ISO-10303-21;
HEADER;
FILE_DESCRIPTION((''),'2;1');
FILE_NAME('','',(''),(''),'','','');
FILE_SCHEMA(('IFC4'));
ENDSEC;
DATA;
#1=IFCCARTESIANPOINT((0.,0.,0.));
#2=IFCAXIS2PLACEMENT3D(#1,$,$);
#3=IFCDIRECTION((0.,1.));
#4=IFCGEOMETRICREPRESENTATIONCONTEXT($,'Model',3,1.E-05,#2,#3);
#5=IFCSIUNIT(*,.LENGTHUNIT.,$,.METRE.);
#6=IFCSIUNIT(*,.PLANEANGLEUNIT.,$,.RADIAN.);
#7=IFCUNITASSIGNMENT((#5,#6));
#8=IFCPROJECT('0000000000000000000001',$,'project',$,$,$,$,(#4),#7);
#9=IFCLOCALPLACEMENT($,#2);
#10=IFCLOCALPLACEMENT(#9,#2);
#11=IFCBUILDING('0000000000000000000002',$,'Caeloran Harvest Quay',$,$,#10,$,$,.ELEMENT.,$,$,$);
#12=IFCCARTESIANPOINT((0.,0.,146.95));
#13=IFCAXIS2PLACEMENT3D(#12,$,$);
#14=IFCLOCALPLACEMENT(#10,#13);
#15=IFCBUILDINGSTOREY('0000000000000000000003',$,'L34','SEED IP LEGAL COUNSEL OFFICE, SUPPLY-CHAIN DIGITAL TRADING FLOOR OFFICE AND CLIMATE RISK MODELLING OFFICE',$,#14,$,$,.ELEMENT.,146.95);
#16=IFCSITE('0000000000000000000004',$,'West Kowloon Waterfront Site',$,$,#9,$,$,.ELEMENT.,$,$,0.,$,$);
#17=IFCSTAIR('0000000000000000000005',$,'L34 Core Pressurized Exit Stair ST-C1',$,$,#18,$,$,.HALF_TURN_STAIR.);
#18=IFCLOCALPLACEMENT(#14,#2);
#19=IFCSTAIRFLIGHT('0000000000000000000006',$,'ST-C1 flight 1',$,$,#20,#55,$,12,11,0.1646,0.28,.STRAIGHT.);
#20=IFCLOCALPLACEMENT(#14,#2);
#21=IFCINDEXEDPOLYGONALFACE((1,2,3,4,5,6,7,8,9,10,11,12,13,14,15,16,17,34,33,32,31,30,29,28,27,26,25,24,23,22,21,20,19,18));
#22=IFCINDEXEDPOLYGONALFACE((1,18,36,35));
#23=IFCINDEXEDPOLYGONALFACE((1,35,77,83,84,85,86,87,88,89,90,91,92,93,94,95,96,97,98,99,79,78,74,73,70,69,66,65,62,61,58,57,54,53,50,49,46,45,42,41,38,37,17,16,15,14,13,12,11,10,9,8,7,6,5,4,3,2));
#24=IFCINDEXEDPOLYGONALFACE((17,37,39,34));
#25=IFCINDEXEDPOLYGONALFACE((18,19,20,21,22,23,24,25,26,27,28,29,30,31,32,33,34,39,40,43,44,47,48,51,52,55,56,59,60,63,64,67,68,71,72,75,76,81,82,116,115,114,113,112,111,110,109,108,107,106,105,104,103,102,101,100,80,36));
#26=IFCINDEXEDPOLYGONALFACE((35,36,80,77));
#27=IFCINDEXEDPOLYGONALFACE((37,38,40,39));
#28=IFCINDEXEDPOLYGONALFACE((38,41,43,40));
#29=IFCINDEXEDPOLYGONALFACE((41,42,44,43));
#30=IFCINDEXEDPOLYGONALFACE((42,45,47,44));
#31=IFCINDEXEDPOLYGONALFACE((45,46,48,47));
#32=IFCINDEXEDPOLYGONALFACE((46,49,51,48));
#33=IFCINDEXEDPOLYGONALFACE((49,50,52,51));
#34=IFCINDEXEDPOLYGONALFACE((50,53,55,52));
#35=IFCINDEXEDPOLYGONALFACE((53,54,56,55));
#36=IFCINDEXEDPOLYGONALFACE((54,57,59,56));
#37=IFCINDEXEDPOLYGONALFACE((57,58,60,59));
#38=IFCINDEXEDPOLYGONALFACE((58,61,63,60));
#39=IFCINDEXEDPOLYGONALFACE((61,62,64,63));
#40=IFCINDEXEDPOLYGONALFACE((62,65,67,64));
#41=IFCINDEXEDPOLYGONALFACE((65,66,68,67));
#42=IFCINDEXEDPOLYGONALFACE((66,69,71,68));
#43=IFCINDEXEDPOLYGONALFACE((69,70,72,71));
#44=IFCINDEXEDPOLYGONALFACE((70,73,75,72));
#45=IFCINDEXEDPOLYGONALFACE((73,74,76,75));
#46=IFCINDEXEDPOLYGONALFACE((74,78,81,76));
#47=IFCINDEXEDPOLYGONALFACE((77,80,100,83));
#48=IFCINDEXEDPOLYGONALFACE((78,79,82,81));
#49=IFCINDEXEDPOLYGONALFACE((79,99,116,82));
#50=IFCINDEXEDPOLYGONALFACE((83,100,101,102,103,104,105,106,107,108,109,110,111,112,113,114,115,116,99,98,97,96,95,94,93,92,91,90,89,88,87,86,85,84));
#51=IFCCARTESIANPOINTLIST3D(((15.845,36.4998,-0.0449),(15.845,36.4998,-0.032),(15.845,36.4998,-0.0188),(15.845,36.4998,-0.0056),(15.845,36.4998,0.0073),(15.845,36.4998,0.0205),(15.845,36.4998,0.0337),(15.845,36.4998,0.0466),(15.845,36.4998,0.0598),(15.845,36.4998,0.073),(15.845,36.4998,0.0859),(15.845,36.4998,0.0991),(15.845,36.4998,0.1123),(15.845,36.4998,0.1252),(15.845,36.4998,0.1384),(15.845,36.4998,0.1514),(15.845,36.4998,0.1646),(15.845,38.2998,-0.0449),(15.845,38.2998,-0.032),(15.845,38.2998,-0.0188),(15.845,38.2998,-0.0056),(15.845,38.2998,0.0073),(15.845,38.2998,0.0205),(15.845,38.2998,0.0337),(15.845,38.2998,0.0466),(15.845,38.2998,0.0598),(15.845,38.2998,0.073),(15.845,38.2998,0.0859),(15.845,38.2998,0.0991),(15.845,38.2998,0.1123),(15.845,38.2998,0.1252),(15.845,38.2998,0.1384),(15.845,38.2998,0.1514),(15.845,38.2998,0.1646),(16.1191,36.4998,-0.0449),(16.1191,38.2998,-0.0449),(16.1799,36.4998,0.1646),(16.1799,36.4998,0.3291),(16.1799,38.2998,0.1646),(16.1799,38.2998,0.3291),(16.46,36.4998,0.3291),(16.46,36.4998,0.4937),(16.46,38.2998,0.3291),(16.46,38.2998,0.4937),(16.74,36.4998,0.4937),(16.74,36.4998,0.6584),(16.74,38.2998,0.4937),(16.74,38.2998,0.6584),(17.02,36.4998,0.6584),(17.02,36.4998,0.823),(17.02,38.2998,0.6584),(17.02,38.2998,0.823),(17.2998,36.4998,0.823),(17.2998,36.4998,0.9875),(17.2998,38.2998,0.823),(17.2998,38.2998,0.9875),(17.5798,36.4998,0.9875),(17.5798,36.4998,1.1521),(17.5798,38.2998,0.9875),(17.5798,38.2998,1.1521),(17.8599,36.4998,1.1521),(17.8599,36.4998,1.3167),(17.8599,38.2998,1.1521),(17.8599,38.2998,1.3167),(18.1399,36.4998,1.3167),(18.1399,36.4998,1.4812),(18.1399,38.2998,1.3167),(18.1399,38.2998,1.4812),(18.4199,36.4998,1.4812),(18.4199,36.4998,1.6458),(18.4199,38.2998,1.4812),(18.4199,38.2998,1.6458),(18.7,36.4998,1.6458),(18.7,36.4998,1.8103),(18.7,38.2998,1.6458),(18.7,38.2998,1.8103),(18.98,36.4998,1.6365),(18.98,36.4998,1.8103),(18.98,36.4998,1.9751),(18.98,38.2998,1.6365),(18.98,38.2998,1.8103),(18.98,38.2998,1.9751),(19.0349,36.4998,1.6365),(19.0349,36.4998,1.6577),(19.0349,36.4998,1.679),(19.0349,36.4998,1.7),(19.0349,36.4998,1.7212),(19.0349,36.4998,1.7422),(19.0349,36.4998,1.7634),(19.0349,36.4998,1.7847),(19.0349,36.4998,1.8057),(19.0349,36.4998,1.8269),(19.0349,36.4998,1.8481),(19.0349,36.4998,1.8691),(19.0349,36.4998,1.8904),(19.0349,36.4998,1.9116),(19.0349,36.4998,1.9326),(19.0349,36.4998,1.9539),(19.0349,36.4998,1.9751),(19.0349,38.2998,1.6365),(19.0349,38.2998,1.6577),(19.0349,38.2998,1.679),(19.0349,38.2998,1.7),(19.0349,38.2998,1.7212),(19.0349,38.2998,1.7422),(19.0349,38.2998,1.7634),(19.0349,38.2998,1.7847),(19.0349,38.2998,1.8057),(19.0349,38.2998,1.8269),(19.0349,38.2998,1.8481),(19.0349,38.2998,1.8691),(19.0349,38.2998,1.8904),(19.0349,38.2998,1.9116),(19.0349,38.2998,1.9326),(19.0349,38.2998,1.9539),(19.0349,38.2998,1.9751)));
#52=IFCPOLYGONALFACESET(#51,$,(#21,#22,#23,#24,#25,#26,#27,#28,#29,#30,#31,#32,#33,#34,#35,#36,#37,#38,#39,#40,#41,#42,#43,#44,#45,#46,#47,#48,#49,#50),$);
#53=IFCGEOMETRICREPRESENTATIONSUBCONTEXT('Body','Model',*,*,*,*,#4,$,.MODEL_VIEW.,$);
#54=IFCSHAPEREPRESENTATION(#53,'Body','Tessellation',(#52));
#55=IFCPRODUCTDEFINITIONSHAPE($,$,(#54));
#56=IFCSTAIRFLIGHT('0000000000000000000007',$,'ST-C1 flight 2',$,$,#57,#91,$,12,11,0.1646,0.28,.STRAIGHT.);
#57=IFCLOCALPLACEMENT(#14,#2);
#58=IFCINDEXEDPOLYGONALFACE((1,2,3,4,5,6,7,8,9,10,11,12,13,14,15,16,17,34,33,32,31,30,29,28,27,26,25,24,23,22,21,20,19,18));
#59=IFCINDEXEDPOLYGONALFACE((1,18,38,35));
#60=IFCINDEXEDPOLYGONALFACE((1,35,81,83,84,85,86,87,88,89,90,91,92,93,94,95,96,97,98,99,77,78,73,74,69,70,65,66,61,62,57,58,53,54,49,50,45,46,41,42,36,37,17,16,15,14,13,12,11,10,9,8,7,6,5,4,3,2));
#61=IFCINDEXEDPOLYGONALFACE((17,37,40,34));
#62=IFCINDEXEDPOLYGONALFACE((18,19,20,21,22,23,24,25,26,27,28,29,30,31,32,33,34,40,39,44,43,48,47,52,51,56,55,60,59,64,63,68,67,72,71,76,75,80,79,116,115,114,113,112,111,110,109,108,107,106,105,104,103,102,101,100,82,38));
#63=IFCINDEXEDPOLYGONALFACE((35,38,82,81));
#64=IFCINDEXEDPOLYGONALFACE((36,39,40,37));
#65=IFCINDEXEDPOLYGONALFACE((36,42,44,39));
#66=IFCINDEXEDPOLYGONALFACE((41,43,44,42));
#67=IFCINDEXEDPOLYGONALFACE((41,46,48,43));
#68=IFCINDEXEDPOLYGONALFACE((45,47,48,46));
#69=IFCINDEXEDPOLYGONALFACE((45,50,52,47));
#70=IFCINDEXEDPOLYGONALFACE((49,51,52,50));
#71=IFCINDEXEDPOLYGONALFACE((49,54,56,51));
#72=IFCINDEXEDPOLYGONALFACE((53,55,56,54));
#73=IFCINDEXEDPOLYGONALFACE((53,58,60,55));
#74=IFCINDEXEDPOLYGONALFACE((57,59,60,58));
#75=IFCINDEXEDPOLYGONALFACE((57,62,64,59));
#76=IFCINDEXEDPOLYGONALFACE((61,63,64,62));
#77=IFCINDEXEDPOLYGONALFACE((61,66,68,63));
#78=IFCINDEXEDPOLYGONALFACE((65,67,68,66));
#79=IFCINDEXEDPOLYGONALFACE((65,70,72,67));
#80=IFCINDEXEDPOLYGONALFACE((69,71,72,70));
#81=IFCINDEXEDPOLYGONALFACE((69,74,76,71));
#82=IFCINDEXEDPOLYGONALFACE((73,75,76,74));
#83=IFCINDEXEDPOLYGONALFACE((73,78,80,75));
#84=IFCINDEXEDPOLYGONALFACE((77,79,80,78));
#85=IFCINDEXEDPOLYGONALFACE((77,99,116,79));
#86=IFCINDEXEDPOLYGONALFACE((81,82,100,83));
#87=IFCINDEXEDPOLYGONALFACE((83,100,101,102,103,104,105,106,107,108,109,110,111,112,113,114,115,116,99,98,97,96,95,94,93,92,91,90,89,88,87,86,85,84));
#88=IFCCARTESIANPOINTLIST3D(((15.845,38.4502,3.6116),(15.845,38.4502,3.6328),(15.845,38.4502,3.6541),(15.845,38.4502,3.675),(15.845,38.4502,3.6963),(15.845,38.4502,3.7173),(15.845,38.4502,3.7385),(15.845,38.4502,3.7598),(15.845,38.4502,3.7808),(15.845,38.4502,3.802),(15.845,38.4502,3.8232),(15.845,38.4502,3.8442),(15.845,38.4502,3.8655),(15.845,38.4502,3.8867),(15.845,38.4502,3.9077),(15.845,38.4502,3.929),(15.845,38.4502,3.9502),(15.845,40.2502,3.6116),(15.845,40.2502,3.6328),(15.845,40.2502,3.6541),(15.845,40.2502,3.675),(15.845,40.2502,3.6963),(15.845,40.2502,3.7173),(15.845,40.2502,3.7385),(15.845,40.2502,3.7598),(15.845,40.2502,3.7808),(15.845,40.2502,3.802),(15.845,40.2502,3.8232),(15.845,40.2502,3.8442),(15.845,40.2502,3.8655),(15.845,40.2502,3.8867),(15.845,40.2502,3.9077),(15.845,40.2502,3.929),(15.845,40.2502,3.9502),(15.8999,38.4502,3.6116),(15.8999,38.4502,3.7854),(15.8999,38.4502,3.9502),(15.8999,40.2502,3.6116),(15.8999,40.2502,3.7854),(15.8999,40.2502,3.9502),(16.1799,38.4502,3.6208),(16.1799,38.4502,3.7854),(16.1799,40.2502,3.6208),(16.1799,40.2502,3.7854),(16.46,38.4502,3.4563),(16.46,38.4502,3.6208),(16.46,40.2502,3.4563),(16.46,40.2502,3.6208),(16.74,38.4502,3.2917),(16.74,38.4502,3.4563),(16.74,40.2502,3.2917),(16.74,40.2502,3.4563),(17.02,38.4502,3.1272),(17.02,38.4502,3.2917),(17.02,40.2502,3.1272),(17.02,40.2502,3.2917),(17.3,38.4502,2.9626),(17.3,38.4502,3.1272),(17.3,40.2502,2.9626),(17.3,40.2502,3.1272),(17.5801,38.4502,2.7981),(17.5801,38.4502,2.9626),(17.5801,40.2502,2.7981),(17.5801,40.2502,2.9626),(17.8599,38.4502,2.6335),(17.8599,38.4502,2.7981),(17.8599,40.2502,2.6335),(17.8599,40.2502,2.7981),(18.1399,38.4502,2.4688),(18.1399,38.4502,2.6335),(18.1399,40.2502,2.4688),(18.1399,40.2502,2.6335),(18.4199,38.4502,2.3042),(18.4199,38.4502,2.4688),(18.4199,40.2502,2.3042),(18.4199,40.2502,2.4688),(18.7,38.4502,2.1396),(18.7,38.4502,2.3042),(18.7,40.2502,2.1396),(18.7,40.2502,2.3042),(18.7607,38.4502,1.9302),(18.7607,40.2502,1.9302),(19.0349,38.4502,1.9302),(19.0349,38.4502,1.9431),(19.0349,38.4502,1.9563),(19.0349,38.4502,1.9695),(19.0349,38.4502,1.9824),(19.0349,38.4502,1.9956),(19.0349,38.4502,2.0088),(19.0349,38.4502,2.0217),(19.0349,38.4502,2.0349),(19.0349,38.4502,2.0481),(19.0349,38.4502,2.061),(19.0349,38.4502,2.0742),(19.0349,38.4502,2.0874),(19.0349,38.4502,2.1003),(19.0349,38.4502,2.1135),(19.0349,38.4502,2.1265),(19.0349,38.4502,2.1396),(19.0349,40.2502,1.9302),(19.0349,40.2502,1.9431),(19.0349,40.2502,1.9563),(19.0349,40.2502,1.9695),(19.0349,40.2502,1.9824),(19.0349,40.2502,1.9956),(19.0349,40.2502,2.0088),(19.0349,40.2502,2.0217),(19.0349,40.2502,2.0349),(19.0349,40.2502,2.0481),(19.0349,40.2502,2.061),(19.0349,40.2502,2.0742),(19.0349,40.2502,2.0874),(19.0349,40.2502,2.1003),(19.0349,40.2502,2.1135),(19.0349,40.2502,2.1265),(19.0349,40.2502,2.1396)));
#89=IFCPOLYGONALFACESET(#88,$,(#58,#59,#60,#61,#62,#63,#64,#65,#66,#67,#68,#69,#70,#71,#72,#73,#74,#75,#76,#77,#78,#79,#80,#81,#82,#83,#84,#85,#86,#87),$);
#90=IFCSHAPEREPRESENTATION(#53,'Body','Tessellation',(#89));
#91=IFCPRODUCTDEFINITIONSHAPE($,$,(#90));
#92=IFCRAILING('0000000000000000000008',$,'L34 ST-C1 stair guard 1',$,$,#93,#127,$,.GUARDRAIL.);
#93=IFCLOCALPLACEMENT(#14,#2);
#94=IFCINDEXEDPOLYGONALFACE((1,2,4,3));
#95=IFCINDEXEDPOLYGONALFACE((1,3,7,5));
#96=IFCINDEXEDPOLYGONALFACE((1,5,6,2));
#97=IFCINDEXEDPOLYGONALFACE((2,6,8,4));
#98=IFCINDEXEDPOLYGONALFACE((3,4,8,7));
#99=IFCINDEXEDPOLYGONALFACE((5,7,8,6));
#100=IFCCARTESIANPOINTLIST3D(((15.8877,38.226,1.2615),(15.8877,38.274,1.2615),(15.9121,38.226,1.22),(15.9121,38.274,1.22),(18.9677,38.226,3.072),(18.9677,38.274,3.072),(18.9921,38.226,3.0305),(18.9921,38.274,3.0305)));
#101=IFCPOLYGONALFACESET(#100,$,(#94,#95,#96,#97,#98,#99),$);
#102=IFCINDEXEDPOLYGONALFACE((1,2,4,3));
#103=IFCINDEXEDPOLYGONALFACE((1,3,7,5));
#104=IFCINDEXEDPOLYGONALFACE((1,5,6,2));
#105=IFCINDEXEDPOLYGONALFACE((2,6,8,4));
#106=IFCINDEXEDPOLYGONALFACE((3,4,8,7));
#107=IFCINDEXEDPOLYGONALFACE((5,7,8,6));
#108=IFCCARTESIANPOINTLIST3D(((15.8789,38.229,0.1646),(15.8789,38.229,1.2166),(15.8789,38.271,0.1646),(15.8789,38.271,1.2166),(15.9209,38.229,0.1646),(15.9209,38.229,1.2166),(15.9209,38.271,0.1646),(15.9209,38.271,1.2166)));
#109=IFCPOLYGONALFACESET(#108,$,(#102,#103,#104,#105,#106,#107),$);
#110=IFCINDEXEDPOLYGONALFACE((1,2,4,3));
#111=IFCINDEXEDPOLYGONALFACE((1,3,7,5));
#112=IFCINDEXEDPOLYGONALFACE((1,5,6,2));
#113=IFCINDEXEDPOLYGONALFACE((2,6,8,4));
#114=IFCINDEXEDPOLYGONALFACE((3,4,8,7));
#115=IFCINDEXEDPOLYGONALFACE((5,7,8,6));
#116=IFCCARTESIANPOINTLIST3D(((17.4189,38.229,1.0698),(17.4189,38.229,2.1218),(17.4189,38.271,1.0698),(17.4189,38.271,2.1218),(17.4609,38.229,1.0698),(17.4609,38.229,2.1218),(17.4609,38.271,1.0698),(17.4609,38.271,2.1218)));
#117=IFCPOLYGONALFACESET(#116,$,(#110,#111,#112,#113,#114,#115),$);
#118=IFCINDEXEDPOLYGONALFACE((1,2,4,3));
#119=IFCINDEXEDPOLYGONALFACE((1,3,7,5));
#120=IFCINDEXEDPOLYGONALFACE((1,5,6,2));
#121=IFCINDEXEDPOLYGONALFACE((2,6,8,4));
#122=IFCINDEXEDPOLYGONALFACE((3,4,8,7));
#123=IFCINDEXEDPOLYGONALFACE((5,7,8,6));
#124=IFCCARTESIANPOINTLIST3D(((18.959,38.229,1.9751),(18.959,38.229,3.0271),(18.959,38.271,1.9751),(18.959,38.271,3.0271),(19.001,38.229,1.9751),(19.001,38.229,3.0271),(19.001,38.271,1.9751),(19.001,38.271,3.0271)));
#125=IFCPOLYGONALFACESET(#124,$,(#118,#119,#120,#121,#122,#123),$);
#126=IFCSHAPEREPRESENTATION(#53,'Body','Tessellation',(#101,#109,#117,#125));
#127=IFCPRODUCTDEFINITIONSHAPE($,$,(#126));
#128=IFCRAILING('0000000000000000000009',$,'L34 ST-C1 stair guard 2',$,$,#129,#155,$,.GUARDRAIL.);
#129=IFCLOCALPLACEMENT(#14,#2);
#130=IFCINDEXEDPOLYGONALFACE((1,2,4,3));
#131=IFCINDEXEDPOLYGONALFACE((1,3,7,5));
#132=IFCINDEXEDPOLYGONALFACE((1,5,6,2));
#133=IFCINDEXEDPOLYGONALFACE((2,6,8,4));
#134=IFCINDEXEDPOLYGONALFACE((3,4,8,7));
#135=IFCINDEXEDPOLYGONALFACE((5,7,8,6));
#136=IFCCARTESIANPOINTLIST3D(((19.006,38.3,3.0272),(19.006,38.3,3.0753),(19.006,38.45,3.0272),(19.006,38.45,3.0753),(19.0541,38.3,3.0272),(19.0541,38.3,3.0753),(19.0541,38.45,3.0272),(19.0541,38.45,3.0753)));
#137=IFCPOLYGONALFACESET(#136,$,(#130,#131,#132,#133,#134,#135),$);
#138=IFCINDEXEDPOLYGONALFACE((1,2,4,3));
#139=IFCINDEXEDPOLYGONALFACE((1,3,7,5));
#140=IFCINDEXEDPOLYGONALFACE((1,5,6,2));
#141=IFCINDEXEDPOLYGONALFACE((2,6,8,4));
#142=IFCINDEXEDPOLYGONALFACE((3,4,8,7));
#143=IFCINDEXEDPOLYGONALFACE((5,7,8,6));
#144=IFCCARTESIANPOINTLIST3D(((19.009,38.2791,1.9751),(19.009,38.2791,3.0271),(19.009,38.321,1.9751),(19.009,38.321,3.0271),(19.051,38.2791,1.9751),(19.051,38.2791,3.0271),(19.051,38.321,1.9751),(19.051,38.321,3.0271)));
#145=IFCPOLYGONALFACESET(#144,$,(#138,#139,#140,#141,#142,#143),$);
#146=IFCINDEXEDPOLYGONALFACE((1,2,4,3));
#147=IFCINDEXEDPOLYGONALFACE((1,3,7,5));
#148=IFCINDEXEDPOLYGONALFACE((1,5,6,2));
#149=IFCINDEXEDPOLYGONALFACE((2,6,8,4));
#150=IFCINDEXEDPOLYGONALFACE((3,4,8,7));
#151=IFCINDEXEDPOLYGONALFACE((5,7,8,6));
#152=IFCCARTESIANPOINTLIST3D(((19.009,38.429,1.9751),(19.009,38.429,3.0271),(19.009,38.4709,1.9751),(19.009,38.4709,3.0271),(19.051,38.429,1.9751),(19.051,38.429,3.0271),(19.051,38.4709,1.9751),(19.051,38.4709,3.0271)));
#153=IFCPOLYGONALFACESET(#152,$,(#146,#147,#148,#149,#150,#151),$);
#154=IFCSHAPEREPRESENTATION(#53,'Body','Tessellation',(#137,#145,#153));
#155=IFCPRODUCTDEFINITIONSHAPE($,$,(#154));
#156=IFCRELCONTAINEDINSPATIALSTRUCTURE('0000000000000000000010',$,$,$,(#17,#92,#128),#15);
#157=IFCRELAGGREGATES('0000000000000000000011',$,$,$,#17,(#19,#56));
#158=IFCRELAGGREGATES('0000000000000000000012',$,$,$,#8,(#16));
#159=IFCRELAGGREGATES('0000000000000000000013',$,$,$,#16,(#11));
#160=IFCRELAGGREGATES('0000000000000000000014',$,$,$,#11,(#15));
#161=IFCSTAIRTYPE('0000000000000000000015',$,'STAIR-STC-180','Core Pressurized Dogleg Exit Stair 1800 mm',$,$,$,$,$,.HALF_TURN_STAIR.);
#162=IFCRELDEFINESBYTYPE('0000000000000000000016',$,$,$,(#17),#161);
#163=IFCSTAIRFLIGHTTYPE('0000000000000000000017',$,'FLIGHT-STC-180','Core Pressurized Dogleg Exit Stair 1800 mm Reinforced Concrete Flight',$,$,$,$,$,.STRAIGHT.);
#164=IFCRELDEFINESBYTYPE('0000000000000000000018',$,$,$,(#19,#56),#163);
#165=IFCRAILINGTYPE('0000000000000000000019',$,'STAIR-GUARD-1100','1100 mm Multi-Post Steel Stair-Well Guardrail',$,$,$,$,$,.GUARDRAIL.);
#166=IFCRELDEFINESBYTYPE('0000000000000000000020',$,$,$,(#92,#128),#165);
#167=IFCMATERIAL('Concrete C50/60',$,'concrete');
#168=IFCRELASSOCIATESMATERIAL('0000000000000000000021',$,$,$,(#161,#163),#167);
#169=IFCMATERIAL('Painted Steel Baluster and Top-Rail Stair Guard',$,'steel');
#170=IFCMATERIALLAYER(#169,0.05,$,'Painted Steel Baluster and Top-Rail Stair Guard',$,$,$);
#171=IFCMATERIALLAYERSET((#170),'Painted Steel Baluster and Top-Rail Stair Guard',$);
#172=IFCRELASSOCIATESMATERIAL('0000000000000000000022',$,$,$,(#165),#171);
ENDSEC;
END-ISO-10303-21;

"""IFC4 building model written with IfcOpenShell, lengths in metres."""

from ifc_helpers import new_model, si_unit, direction, frame, origin, origin_2d, place, context, subcontext, project, spatial, polyline, rectangle, outline, extrude, material, layer, layer_set, type_object, element, aggregate, save


model = new_model("IFC4")

# Units and contexts
model_context = context("Model", 3, precision=1e-05, world=origin(), true_north=direction((0.0, 1.0)))
body_context = subcontext(model_context, "Body", "Model", "MODEL_VIEW")
ifc_project = project(units=[si_unit("LENGTHUNIT", "METRE"), si_unit("PLANEANGLEUNIT", "RADIAN")], contexts=[model_context])

# Site, building, storey
site_placement = place(None, origin())
site = spatial("IfcSite", under=ifc_project, at=site_placement, Name="West Kowloon Waterfront Site", CompositionType="ELEMENT", RefElevation=0.0)
building_placement = place(site_placement, origin())
building = spatial("IfcBuilding", under=site, at=building_placement, Name="Caeloran Harvest Quay", CompositionType="ELEMENT")
storey_placement = place(building_placement, frame((0.0, 0.0, 146.95)))
storey = spatial("IfcBuildingStorey", under=building, at=storey_placement, Name="L34", Description="SEED IP LEGAL COUNSEL OFFICE, SUPPLY-CHAIN DIGITAL TRADING FLOOR OFFICE AND CLIMATE RISK MODELLING OFFICE", CompositionType="ELEMENT", Elevation=146.95)

# Shared definitions
ifc_material_1 = material(Name="Concrete C50/60", Category="concrete")

# Stair, stair flights
stair_type = type_object("IfcStairType", Name="STAIR-STC-180", Description="Core Pressurized Dogleg Exit Stair 1800 mm", PredefinedType="HALF_TURN_STAIR", material=ifc_material_1)
stair_placement = place(storey_placement, origin())
stair = element("IfcStair", 1, at=stair_placement, inside=storey, type_object=stair_type, Name="L34 Core Pressurized Exit Stair ST-C1", PredefinedType="HALF_TURN_STAIR")
stair_flight_type = type_object("IfcStairFlightType", Name="FLIGHT-STC-180", Description="Core Pressurized Dogleg Exit Stair 1800 mm Reinforced Concrete Flight", PredefinedType="STRAIGHT", material=ifc_material_1)
stair_flight_1_placement = place(storey_placement, frame((15.8999, 37.3999, 0.0), z_axis=(0.0, 0.0, 1.0), x_axis=(1.0, 0.0, 0.0)))
stair_flight_1 = element("IfcStairFlight", 2, at=stair_flight_1_placement, type_object=stair_flight_type, Name="ST-C1 flight 1", NumberOfRisers=12, NumberOfTreads=11, PredefinedType="STRAIGHT", RiserHeight=0.1646, TreadLength=0.28, context=body_context, shape_type="SweptSolid", body=[
    extrude(outline(polyline([(-0.0549, -0.0449), (-0.0549, -0.032), (-0.0549, -0.0188), (-0.0549, -0.0056), (-0.0549, 0.0073), (-0.0549, 0.0205), (-0.0549, 0.0337), (-0.0549, 0.0466), (-0.0549, 0.0598), (-0.0549, 0.073), (-0.0549, 0.0859), (-0.0549, 0.0991), (-0.0549, 0.1123), (-0.0549, 0.1252), (-0.0549, 0.1384), (-0.0549, 0.1514), (-0.0549, 0.1646), (0.28, 0.1646), (0.28, 0.3291), (0.5601, 0.3291), (0.5601, 0.4937), (0.8401, 0.4937), (0.8401, 0.6584), (1.1201, 0.6584), (1.1201, 0.823), (1.3999, 0.823), (1.3999, 0.9875), (1.6799, 0.9875), (1.6799, 1.1521), (1.96, 1.1521), (1.96, 1.3167), (2.24, 1.3167), (2.24, 1.4812), (2.52, 1.4812), (2.52, 1.6458), (2.8, 1.6458), (2.8, 1.8103), (3.0801, 1.8103), (3.0801, 1.9751), (3.135, 1.9751), (3.135, 1.9539), (3.135, 1.9326), (3.135, 1.9116), (3.135, 1.8904), (3.135, 1.8691), (3.135, 1.8481), (3.135, 1.8269), (3.135, 1.8057), (3.135, 1.7847), (3.135, 1.7634), (3.135, 1.7422), (3.135, 1.7212), (3.135, 1.7), (3.135, 1.679), (3.135, 1.6577), (3.135, 1.6365), (3.0801, 1.6365), (0.2192, -0.0449), (-0.0549, -0.0449)])), frame((0.0, 0.8999, 0.0), z_axis=(0.0, -1.0, 0.0), x_axis=(1.0, 0.0, 0.0)), (0.0, 0.0, 1.0), 1.8),
])
stair_flight_2_placement = place(storey_placement, frame((18.98, 39.3501, 1.9751), z_axis=(0.0, 0.0, 1.0), x_axis=(-1.0, 0.0, 0.0)))
stair_flight_2 = element("IfcStairFlight", 3, at=stair_flight_2_placement, type_object=stair_flight_type, Name="ST-C1 flight 2", NumberOfRisers=12, NumberOfTreads=11, PredefinedType="STRAIGHT", RiserHeight=0.1646, TreadLength=0.28, context=body_context, shape_type="SweptSolid", body=[
    extrude(outline(polyline([(-0.0549, -0.0449), (-0.0549, -0.032), (-0.0549, -0.0188), (-0.0549, -0.0056), (-0.0549, 0.0073), (-0.0549, 0.0205), (-0.0549, 0.0337), (-0.0549, 0.0466), (-0.0549, 0.0598), (-0.0549, 0.073), (-0.0549, 0.0859), (-0.0549, 0.0991), (-0.0549, 0.1123), (-0.0549, 0.1252), (-0.0549, 0.1384), (-0.0549, 0.1514), (-0.0549, 0.1646), (0.28, 0.1646), (0.28, 0.3291), (0.5601, 0.3291), (0.5601, 0.4937), (0.8401, 0.4937), (0.8401, 0.6584), (1.1201, 0.6584), (1.1201, 0.823), (1.3999, 0.823), (1.3999, 0.9875), (1.6799, 0.9875), (1.6799, 1.1521), (1.96, 1.1521), (1.96, 1.3167), (2.24, 1.3167), (2.24, 1.4812), (2.52, 1.4812), (2.52, 1.6458), (2.8, 1.6458), (2.8, 1.8103), (3.0801, 1.8103), (3.0801, 1.9751), (3.135, 1.9751), (3.135, 1.9539), (3.135, 1.9326), (3.135, 1.9116), (3.135, 1.8904), (3.135, 1.8691), (3.135, 1.8481), (3.135, 1.8269), (3.135, 1.8057), (3.135, 1.7847), (3.135, 1.7634), (3.135, 1.7422), (3.135, 1.7212), (3.135, 1.7), (3.135, 1.679), (3.135, 1.6577), (3.135, 1.6365), (3.0801, 1.6365), (0.2192, -0.0449), (-0.0549, -0.0449)])), frame((0.0, 0.8999, 0.0), z_axis=(0.0, -1.0, 0.0), x_axis=(1.0, 0.0, 0.0)), (0.0, 0.0, 1.0), 1.8),
])
aggregate(stair, [stair_flight_1, stair_flight_2])

# Railings
ifc_material_2 = material(Name="Painted Steel Baluster and Top-Rail Stair Guard", Category="steel")
ifc_layer_1 = layer(ifc_material_2, 0.05, Name="Painted Steel Baluster and Top-Rail Stair Guard")
ifc_layer_set_1 = layer_set([ifc_layer_1], Name="Painted Steel Baluster and Top-Rail Stair Guard")
railing_type_1 = type_object("IfcRailingType", Name="STAIR-GUARD-1100", Description="1100 mm Multi-Post Steel Stair-Well Guardrail", PredefinedType="GUARDRAIL", material=ifc_layer_set_1)
railing_1_placement = place(storey_placement, frame((15.8999, 38.25, 0.1646)))
element("IfcRailing", 4, at=railing_1_placement, inside=storey, type_object=railing_type_1, Name="L34 ST-C1 stair guard 1", PredefinedType="GUARDRAIL", context=body_context, shape_type="SweptSolid", body=[
    extrude(rectangle(XDim=0.0481, YDim=0.0481, at=origin_2d()), frame((0.0, 0.0, 1.0762), z_axis=(0.862089, 0.0, 0.506757), x_axis=(0.0, 1.0, 0.0)), (0.0, 0.0, 1.0), 3.5728),
    extrude(rectangle(XDim=0.042, YDim=0.042, at=origin_2d()), origin(), (0.0, 0.0, 1.0), 1.052),
    extrude(rectangle(XDim=0.042, YDim=0.042, at=origin_2d()), frame((1.54, 0.0, 0.9053)), (0.0, 0.0, 1.0), 1.052),
    extrude(rectangle(XDim=0.042, YDim=0.042, at=origin_2d()), frame((3.0801, 0.0, 1.8105)), (0.0, 0.0, 1.0), 1.052),
])
railing_2_placement = place(storey_placement, frame((19.03, 38.3, 1.9751)))
element("IfcRailing", 5, at=railing_2_placement, inside=storey, type_object=railing_type_1, Name="L34 ST-C1 stair guard 2", PredefinedType="GUARDRAIL", context=body_context, shape_type="SweptSolid", body=[
    extrude(rectangle(XDim=0.0481, YDim=0.0481, at=origin_2d()), frame((0.0, 0.0, 1.0762), z_axis=(0.0, 1.0, 0.0), x_axis=(-1.0, 0.0, 0.0)), (0.0, 0.0, 1.0), 0.1499),
    extrude(rectangle(XDim=0.042, YDim=0.042, at=origin_2d()), origin(), (0.0, 0.0, 1.0), 1.052),
    extrude(rectangle(XDim=0.042, YDim=0.042, at=origin_2d()), frame((0.0, 0.1499, 0.0)), (0.0, 0.0, 1.0), 1.052),
])

save(model, "model.ifc")
